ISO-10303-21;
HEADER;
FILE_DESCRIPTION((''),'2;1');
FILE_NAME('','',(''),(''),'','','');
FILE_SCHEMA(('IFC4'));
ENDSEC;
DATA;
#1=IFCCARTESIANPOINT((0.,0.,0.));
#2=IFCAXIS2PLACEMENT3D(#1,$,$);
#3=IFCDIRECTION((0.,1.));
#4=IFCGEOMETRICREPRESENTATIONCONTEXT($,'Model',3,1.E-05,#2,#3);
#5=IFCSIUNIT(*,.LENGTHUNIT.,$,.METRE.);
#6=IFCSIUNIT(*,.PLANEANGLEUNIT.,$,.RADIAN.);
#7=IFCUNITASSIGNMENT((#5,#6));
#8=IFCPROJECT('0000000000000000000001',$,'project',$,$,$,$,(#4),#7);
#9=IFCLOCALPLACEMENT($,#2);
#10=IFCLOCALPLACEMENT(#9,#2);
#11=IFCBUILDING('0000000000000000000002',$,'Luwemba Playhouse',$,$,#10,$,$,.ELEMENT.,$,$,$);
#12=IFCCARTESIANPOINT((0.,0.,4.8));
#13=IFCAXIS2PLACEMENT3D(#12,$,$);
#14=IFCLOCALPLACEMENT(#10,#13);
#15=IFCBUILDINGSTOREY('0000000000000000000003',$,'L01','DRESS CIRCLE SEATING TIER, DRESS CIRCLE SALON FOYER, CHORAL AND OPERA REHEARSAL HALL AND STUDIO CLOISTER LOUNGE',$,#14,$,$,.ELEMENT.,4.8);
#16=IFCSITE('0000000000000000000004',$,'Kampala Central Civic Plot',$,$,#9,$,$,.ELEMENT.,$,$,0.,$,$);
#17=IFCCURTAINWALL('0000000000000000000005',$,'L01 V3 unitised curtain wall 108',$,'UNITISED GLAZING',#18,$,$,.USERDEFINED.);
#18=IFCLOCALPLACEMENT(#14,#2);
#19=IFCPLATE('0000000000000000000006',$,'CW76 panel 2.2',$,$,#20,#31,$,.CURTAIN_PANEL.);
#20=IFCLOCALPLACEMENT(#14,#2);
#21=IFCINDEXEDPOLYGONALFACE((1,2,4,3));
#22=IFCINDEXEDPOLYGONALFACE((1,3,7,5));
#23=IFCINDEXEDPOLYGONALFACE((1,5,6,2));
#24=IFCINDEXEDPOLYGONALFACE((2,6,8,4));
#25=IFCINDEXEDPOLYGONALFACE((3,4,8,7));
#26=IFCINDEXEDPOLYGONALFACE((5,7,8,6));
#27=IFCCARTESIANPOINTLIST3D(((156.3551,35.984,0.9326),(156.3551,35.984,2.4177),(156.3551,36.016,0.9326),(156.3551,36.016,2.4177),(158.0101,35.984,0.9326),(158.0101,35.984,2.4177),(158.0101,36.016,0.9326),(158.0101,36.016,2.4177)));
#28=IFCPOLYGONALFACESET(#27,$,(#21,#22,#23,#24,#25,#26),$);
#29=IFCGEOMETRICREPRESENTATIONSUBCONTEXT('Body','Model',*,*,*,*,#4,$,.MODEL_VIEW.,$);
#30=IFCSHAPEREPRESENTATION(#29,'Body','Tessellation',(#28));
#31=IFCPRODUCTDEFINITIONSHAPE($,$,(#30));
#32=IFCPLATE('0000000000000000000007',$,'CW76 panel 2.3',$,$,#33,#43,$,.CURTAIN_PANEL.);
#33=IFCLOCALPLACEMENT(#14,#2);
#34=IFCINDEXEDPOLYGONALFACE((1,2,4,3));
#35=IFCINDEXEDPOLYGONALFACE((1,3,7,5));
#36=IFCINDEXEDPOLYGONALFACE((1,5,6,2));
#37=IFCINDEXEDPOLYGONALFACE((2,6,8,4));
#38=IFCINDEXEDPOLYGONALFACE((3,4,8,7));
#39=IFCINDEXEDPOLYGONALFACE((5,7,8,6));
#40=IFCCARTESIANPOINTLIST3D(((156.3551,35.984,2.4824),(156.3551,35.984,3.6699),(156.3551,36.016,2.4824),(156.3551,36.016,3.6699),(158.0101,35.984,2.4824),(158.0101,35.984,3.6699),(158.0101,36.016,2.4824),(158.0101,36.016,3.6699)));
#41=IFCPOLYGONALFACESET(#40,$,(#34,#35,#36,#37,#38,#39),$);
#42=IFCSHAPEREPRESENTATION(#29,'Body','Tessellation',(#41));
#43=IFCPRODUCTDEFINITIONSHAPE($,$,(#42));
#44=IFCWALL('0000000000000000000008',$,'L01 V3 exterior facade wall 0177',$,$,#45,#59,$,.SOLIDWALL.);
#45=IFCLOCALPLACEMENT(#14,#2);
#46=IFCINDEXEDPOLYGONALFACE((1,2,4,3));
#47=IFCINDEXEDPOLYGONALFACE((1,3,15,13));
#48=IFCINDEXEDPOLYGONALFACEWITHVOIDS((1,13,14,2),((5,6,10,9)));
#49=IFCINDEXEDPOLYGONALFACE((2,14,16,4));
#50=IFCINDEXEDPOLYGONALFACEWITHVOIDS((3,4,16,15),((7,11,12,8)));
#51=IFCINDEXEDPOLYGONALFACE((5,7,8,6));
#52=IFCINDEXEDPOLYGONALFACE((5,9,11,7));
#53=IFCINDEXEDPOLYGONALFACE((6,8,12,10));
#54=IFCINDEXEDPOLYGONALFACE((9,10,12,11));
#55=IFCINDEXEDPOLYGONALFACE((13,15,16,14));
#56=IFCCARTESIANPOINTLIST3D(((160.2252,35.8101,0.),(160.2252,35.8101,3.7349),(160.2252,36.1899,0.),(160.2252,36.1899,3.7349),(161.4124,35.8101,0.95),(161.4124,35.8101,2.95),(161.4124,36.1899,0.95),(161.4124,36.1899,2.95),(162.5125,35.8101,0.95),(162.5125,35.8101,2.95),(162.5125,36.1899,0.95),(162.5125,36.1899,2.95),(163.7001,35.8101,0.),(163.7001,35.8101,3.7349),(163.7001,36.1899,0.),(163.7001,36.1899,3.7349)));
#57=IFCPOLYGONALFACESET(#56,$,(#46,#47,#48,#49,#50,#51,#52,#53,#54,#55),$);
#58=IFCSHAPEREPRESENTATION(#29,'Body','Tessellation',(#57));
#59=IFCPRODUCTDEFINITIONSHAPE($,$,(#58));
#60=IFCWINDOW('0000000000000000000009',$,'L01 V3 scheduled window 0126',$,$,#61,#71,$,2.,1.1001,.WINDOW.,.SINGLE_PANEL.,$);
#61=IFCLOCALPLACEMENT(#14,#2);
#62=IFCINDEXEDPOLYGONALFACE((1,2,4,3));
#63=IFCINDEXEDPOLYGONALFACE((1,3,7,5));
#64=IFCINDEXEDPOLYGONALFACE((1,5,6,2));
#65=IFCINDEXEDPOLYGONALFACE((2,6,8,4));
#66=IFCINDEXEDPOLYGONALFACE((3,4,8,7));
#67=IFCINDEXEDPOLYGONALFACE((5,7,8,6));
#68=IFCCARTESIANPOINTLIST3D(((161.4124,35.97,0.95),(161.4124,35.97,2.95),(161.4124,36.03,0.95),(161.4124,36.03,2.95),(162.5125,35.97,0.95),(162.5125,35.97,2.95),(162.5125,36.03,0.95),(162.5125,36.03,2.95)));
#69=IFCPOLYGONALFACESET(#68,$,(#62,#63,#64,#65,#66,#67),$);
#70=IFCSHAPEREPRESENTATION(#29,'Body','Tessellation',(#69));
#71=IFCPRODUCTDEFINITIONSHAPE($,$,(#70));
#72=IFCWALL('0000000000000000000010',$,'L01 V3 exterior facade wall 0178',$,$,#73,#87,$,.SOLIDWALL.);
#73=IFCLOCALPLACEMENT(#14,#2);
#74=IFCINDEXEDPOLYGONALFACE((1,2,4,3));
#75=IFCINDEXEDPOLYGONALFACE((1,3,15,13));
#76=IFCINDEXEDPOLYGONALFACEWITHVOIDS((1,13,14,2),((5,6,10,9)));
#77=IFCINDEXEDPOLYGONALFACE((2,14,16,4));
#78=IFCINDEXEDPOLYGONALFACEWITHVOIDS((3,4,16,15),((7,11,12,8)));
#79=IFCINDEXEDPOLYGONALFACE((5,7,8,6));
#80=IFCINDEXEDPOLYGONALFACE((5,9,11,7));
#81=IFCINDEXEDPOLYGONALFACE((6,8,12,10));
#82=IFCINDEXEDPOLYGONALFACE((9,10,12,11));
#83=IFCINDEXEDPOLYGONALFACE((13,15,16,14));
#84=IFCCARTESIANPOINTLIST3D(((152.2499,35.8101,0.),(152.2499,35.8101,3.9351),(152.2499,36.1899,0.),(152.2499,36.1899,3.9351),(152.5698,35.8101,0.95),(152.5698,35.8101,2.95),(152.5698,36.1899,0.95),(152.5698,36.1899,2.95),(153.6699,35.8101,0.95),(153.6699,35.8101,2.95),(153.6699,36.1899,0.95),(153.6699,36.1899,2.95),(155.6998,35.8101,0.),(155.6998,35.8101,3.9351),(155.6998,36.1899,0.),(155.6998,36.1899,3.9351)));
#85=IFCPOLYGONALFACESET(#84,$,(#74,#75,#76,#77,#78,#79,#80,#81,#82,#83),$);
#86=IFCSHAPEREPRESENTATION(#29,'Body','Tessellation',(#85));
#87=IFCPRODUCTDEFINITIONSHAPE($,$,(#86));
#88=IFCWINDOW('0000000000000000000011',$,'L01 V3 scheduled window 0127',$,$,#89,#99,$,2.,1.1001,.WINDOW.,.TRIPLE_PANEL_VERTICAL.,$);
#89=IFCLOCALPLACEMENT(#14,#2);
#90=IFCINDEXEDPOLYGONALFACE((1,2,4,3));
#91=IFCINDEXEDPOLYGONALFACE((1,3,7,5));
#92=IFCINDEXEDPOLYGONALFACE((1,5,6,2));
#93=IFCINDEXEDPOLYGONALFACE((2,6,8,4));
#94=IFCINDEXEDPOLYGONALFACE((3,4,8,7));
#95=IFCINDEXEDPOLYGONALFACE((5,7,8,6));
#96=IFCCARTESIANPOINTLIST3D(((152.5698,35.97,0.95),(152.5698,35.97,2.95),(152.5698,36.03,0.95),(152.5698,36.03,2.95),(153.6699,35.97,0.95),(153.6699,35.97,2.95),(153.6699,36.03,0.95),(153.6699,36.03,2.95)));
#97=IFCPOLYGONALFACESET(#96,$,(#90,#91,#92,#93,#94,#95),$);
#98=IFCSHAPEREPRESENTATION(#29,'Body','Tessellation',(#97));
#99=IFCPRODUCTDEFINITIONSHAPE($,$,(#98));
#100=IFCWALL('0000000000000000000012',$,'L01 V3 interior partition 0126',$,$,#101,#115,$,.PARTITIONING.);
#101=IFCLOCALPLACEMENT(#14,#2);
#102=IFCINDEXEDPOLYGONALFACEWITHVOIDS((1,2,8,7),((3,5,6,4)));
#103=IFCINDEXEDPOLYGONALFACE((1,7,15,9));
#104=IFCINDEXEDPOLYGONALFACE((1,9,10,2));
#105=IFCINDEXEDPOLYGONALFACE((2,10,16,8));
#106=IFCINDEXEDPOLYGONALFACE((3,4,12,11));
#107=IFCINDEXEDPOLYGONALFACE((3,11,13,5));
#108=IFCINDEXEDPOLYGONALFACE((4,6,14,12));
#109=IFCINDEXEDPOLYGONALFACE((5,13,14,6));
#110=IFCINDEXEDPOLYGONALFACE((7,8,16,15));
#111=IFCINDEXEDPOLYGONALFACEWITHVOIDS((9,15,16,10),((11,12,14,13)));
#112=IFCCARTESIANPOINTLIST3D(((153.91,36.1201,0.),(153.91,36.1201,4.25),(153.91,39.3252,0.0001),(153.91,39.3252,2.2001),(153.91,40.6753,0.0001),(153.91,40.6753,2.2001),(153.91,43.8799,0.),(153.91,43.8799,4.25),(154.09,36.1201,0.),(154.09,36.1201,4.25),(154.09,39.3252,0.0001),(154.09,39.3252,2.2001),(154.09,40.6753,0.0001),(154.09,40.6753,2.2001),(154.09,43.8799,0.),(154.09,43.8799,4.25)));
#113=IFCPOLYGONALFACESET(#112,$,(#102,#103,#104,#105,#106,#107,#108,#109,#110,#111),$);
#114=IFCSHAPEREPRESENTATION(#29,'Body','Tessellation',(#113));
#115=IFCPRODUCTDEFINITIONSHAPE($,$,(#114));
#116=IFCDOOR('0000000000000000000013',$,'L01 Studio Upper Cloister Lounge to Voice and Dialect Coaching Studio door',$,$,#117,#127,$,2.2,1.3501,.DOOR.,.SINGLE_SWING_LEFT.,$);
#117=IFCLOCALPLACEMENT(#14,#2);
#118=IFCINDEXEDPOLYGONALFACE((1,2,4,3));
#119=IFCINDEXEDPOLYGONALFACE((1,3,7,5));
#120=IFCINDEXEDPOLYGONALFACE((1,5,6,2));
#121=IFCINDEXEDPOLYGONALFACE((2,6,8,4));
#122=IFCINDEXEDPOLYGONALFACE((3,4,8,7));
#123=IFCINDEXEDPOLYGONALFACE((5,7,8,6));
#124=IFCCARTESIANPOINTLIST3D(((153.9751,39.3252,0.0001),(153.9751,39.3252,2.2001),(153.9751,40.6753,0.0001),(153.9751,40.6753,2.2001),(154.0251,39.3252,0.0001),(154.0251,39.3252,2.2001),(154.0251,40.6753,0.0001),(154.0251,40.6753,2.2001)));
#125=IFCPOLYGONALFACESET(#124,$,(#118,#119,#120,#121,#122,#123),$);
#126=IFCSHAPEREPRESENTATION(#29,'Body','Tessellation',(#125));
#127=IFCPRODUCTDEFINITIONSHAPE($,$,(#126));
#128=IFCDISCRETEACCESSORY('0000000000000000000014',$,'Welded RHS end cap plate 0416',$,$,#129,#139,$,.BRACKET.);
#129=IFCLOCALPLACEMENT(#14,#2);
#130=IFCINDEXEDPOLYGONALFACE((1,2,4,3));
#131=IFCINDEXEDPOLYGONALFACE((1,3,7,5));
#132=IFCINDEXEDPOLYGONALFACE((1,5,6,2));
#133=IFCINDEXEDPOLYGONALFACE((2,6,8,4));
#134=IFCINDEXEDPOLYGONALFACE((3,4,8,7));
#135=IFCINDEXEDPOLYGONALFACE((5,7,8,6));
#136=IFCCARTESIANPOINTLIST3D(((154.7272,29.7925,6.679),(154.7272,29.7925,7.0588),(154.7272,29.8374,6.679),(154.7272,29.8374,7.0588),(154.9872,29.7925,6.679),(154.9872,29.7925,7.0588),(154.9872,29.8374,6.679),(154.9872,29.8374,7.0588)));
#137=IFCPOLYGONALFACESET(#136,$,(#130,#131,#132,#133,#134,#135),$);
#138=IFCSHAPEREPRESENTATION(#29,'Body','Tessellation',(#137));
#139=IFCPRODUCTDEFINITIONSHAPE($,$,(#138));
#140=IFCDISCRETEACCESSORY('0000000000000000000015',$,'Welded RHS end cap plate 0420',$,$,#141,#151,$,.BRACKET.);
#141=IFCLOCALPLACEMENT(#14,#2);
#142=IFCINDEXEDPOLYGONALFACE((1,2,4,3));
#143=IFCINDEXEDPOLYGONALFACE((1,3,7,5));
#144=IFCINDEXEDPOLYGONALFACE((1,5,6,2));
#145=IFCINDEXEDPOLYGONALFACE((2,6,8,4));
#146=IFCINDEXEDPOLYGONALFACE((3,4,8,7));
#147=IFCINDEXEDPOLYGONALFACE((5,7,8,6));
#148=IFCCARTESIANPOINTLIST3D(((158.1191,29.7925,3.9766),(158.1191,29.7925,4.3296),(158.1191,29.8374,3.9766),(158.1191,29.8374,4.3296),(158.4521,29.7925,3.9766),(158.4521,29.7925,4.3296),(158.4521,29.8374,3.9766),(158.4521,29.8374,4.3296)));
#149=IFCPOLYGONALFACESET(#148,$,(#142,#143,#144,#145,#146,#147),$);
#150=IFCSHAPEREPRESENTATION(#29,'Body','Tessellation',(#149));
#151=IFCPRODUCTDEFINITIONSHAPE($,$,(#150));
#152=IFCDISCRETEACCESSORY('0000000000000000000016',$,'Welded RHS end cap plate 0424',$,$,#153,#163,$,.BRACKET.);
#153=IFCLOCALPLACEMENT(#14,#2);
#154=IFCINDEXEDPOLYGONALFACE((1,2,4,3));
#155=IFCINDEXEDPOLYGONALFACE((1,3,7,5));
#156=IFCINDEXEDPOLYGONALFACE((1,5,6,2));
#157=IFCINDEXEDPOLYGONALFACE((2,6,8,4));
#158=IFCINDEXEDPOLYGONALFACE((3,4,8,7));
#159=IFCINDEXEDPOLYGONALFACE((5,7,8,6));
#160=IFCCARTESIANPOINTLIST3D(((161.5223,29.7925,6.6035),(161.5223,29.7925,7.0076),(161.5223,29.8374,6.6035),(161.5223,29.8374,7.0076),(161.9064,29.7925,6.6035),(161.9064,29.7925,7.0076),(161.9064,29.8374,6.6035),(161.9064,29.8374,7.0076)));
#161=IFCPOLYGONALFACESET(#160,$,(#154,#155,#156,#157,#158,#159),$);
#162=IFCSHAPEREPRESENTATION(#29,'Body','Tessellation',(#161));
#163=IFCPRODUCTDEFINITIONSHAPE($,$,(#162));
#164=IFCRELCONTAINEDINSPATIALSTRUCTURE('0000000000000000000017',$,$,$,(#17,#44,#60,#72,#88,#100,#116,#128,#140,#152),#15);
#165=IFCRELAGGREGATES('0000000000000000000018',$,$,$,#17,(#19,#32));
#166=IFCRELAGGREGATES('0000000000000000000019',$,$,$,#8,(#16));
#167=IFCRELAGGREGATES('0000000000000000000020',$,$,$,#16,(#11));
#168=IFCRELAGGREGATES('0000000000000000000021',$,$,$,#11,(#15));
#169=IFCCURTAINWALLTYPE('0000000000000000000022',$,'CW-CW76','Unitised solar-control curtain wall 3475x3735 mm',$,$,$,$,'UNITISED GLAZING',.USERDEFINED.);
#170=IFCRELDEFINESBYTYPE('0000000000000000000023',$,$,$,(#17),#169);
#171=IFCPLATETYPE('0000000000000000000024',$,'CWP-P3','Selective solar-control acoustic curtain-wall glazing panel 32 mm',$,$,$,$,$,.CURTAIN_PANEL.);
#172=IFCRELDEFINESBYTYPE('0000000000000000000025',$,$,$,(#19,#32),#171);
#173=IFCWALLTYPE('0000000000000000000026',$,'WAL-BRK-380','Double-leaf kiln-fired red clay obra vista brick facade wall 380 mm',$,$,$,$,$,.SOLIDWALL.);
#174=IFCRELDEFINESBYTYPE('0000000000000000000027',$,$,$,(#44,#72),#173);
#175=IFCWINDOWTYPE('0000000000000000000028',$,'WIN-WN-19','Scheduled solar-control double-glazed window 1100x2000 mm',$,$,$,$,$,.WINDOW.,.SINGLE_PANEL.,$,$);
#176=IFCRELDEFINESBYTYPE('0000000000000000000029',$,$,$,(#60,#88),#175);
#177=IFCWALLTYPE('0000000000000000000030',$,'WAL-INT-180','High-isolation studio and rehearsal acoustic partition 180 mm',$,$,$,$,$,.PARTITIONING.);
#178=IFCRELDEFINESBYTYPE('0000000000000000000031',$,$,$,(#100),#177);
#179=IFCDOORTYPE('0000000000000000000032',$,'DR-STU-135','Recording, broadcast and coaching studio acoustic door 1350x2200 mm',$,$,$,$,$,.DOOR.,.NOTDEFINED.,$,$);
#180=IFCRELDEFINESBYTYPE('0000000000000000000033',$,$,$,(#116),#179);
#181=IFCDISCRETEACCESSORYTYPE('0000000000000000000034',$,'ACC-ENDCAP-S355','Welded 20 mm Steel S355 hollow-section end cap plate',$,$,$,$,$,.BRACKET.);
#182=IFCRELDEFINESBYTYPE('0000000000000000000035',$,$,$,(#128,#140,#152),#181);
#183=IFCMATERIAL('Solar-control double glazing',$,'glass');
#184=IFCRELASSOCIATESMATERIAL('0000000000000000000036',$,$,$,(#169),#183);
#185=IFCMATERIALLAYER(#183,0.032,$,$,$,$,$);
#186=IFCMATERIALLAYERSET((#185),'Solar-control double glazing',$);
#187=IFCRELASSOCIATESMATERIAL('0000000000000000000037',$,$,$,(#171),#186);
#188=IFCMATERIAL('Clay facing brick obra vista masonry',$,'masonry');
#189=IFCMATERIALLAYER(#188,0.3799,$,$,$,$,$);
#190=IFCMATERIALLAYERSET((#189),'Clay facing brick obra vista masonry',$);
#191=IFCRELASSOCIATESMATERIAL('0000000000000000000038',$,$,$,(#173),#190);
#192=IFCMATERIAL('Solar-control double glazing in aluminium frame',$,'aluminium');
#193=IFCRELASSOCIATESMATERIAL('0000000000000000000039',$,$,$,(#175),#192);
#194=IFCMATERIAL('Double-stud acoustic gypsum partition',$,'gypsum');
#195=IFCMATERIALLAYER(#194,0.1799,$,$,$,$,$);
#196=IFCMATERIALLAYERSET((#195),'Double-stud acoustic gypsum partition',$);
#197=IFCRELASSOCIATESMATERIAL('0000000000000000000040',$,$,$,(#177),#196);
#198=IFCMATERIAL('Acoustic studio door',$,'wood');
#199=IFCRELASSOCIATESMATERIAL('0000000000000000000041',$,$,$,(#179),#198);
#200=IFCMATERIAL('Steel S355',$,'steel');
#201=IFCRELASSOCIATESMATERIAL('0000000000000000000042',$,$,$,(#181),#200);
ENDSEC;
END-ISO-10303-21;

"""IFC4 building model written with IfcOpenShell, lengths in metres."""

from ifc_helpers import new_model, si_unit, direction, frame, frame_2d, origin, origin_2d, place, context, subcontext, project, spatial, rectangle, extrude, material, layer, layer_set, type_object, element, fill, aggregate, save


model = new_model("IFC4")

# Units and contexts
model_context = context("Model", 3, precision=1e-05, world=origin(), true_north=direction((0.0, 1.0)))
body_context = subcontext(model_context, "Body", "Model", "MODEL_VIEW")
ifc_project = project(units=[si_unit("LENGTHUNIT", "METRE"), si_unit("PLANEANGLEUNIT", "RADIAN")], contexts=[model_context])

# Site, building, storey
site_placement = place(None, origin())
site = spatial("IfcSite", under=ifc_project, at=site_placement, Name="Kampala Central Civic Plot", CompositionType="ELEMENT", RefElevation=0.0)
building_placement = place(site_placement, origin())
building = spatial("IfcBuilding", under=site, at=building_placement, Name="Luwemba Playhouse", CompositionType="ELEMENT")
storey_placement = place(building_placement, frame((0.0, 0.0, 4.8)))
storey = spatial("IfcBuildingStorey", under=building, at=storey_placement, Name="L01", Description="DRESS CIRCLE SEATING TIER, DRESS CIRCLE SALON FOYER, CHORAL AND OPERA REHEARSAL HALL AND STUDIO CLOISTER LOUNGE", CompositionType="ELEMENT", Elevation=4.8)

# Shared definitions
ifc_material_1 = material(Name="Steel S355", Category="steel")

# Curtain wall
ifc_material_2 = material(Name="Solar-control double glazing", Category="glass")
curtain_wall_type = type_object("IfcCurtainWallType", Name="CW-CW76", Description="Unitised solar-control curtain wall 3475x3735 mm", ElementType="UNITISED GLAZING", PredefinedType="USERDEFINED", material=ifc_material_2)
curtain_wall_placement = place(storey_placement, origin())
curtain_wall = element("IfcCurtainWall", 1, at=curtain_wall_placement, inside=storey, type_object=curtain_wall_type, Name="L01 V3 unitised curtain wall 108", ObjectType="UNITISED GLAZING", PredefinedType="USERDEFINED")

# Plates
ifc_layer_1 = layer(ifc_material_2, 0.032)
ifc_layer_set_1 = layer_set([ifc_layer_1], Name="Solar-control double glazing")
plate_type = type_object("IfcPlateType", Name="CWP-P3", Description="Selective solar-control acoustic curtain-wall glazing panel 32 mm", PredefinedType="CURTAIN_PANEL", material=ifc_layer_set_1)
plate_1_placement = place(storey_placement, frame((157.1826, 36.0, 0.9326), z_axis=(0.0, 0.0, 1.0), x_axis=(-1.0, 0.0, 0.0)))
plate_1 = element("IfcPlate", 2, at=plate_1_placement, type_object=plate_type, Name="CW76 panel 2.2", PredefinedType="CURTAIN_PANEL", context=body_context, shape_type="SweptSolid", body=[
    extrude(rectangle(XDim=1.655, YDim=0.032, at=origin_2d()), origin(), (0.0, 0.0, 1.0), 1.4851),
])
plate_2_placement = place(storey_placement, frame((157.1826, 36.0, 2.4824), z_axis=(0.0, 0.0, 1.0), x_axis=(-1.0, 0.0, 0.0)))
plate_2 = element("IfcPlate", 3, at=plate_2_placement, type_object=plate_type, Name="CW76 panel 2.3", PredefinedType="CURTAIN_PANEL", context=body_context, shape_type="SweptSolid", body=[
    extrude(rectangle(XDim=1.655, YDim=0.032, at=origin_2d()), origin(), (0.0, 0.0, 1.0), 1.1875),
])
aggregate(curtain_wall, [plate_1, plate_2])

# Walls, openings, windows
ifc_material_3 = material(Name="Clay facing brick obra vista masonry", Category="masonry")
ifc_layer_2 = layer(ifc_material_3, 0.3799)
ifc_layer_set_2 = layer_set([ifc_layer_2], Name="Clay facing brick obra vista masonry")
wall_type_1 = type_object("IfcWallType", Name="WAL-BRK-380", Description="Double-leaf kiln-fired red clay obra vista brick facade wall 380 mm", PredefinedType="SOLIDWALL", material=ifc_layer_set_2)
wall_1_placement = place(storey_placement, frame((163.7, 36.0, 0.0), z_axis=(0.0, 0.0, 1.0), x_axis=(-1.0, 0.0, 0.0)))
wall_1 = element("IfcWall", 4, at=wall_1_placement, inside=storey, type_object=wall_type_1, Name="L01 V3 exterior facade wall 0177", PredefinedType="SOLIDWALL", context=body_context, shape_type="SweptSolid", body=[
    extrude(rectangle(XDim=3.4749, YDim=0.3799, at=frame_2d((1.7373, 0.0))), origin(), (0.0, 0.0, 1.0), 3.7349),
])
opening_1_placement = place(wall_1_placement, frame((1.1875, 0.0, 0.95)))
opening_1 = element("IfcOpeningElement", 5, at=opening_1_placement, cuts=wall_1, PredefinedType="OPENING", context=body_context, shape_type="SweptSolid", body=[
    extrude(rectangle(XDim=1.1001, YDim=2.0, at=frame_2d((0.55, 1.0))), frame((0.0, 0.2, 0.0), z_axis=(0.0, -1.0, 0.0), x_axis=(1.0, 0.0, 0.0)), (0.0, 0.0, 1.0), 0.3999),
])
ifc_material_4 = material(Name="Solar-control double glazing in aluminium frame", Category="aluminium")
window_type = type_object("IfcWindowType", Name="WIN-WN-19", Description="Scheduled solar-control double-glazed window 1100x2000 mm", PartitioningType="SINGLE_PANEL", PredefinedType="WINDOW", material=ifc_material_4)
window_1_placement = place(opening_1_placement, origin())
window_1 = element("IfcWindow", 6, at=window_1_placement, inside=storey, type_object=window_type, Name="L01 V3 scheduled window 0126", OverallHeight=2.0, OverallWidth=1.1001, PartitioningType="SINGLE_PANEL", PredefinedType="WINDOW", context=body_context, shape_type="SweptSolid", body=[
    extrude(rectangle(XDim=1.1001, YDim=2.0, at=frame_2d((0.55, 1.0))), frame((0.0, 0.03, 0.0), z_axis=(0.0, -1.0, 0.0), x_axis=(1.0, 0.0, 0.0)), (0.0, 0.0, 1.0), 0.0601),
])
fill(opening_1, window_1)
wall_2_placement = place(storey_placement, frame((155.7, 36.0, 0.0), z_axis=(0.0, 0.0, 1.0), x_axis=(-1.0, 0.0, 0.0)))
wall_2 = element("IfcWall", 7, at=wall_2_placement, inside=storey, type_object=wall_type_1, Name="L01 V3 exterior facade wall 0178", PredefinedType="SOLIDWALL", context=body_context, shape_type="SweptSolid", body=[
    extrude(rectangle(XDim=3.45, YDim=0.3799, at=frame_2d((1.7251, 0.0))), origin(), (0.0, 0.0, 1.0), 3.9351),
])
opening_2_placement = place(wall_2_placement, frame((2.03, 0.0, 0.95)))
opening_2 = element("IfcOpeningElement", 8, at=opening_2_placement, cuts=wall_2, PredefinedType="OPENING", context=body_context, shape_type="SweptSolid", body=[
    extrude(rectangle(XDim=1.1001, YDim=2.0, at=frame_2d((0.55, 1.0))), frame((0.0, 0.2, 0.0), z_axis=(0.0, -1.0, 0.0), x_axis=(1.0, 0.0, 0.0)), (0.0, 0.0, 1.0), 0.3999),
])
window_2_placement = place(opening_2_placement, origin())
window_2 = element("IfcWindow", 9, at=window_2_placement, inside=storey, type_object=window_type, Name="L01 V3 scheduled window 0127", OverallHeight=2.0, OverallWidth=1.1001, PartitioningType="TRIPLE_PANEL_VERTICAL", PredefinedType="WINDOW", context=body_context, shape_type="SweptSolid", body=[
    extrude(rectangle(XDim=1.1001, YDim=2.0, at=frame_2d((0.55, 1.0))), frame((0.0, 0.03, 0.0), z_axis=(0.0, -1.0, 0.0), x_axis=(1.0, 0.0, 0.0)), (0.0, 0.0, 1.0), 0.0601),
])
fill(opening_2, window_2)

# Wall, opening, door
ifc_material_5 = material(Name="Double-stud acoustic gypsum partition", Category="gypsum")
ifc_layer_3 = layer(ifc_material_5, 0.1799)
ifc_layer_set_3 = layer_set([ifc_layer_3], Name="Double-stud acoustic gypsum partition")
wall_type_2 = type_object("IfcWallType", Name="WAL-INT-180", Description="High-isolation studio and rehearsal acoustic partition 180 mm", PredefinedType="PARTITIONING", material=ifc_layer_set_3)
wall_3_placement = place(storey_placement, frame((154.0, 36.1201, 0.0), z_axis=(0.0, 0.0, 1.0), x_axis=(0.0, 1.0, 0.0)))
wall_3 = element("IfcWall", 10, at=wall_3_placement, inside=storey, type_object=wall_type_2, Name="L01 V3 interior partition 0126", PredefinedType="PARTITIONING", context=body_context, shape_type="SweptSolid", body=[
    extrude(rectangle(XDim=7.7598, YDim=0.1799, at=frame_2d((3.8799, 0.0))), origin(), (0.0, 0.0, 1.0), 4.25),
])
opening_3_placement = place(wall_3_placement, frame((3.2051, 0.0, 0.0)))
opening_3 = element("IfcOpeningElement", 11, at=opening_3_placement, cuts=wall_3, PredefinedType="OPENING", context=body_context, shape_type="SweptSolid", body=[
    extrude(rectangle(XDim=1.3501, YDim=2.2, at=frame_2d((0.675, 1.1001))), frame((0.0, 0.0999, 0.0), z_axis=(0.0, -1.0, 0.0), x_axis=(1.0, 0.0, 0.0)), (0.0, 0.0, 1.0), 0.2),
])
ifc_material_6 = material(Name="Acoustic studio door", Category="wood")
door_type = type_object("IfcDoorType", Name="DR-STU-135", Description="Recording, broadcast and coaching studio acoustic door 1350x2200 mm", OperationType="NOTDEFINED", PredefinedType="DOOR", material=ifc_material_6)
door_placement = place(opening_3_placement, origin())
door = element("IfcDoor", 12, at=door_placement, inside=storey, type_object=door_type, Name="L01 Studio Upper Cloister Lounge to Voice and Dialect Coaching Studio door", OperationType="SINGLE_SWING_LEFT", OverallHeight=2.2, OverallWidth=1.3501, PredefinedType="DOOR", context=body_context, shape_type="SweptSolid", body=[
    extrude(rectangle(XDim=1.3501, YDim=2.2, at=frame_2d((0.675, 1.1001))), frame((0.0, 0.0249, 0.0), z_axis=(0.0, -1.0, 0.0), x_axis=(1.0, 0.0, 0.0)), (0.0, 0.0, 1.0), 0.05),
])
fill(opening_3, door)

# Discrete accessories
discrete_accessory_type = type_object("IfcDiscreteAccessoryType", Name="ACC-ENDCAP-S355", Description="Welded 20 mm Steel S355 hollow-section end cap plate", PredefinedType="BRACKET", material=ifc_material_1)
discrete_accessory_1_placement = place(storey_placement, frame((154.8572, 29.8149, 6.679), z_axis=(0.0, 0.0, 1.0), x_axis=(1.0, 0.0, 0.0)))
element("IfcDiscreteAccessory", 13, at=discrete_accessory_1_placement, inside=storey, type_object=discrete_accessory_type, Name="Welded RHS end cap plate 0416", PredefinedType="BRACKET", context=body_context, shape_type="SweptSolid", body=[
    extrude(rectangle(XDim=0.26, YDim=0.0449, at=origin_2d()), origin(), (0.0, 0.0, 1.0), 0.3799),
])
discrete_accessory_2_placement = place(storey_placement, frame((158.2856, 29.8149, 3.9766), z_axis=(0.0, 0.0, 1.0), x_axis=(1.0, 0.0, 0.0)))
element("IfcDiscreteAccessory", 14, at=discrete_accessory_2_placement, inside=storey, type_object=discrete_accessory_type, Name="Welded RHS end cap plate 0420", PredefinedType="BRACKET", context=body_context, shape_type="SweptSolid", body=[
    extrude(rectangle(XDim=0.333, YDim=0.0449, at=origin_2d()), origin(), (0.0, 0.0, 1.0), 0.353),
])
discrete_accessory_3_placement = place(storey_placement, frame((161.7144, 29.8149, 6.6035), z_axis=(0.0, 0.0, 1.0), x_axis=(1.0, 0.0, 0.0)))
element("IfcDiscreteAccessory", 15, at=discrete_accessory_3_placement, inside=storey, type_object=discrete_accessory_type, Name="Welded RHS end cap plate 0424", PredefinedType="BRACKET", context=body_context, shape_type="SweptSolid", body=[
    extrude(rectangle(XDim=0.384, YDim=0.0449, at=origin_2d()), origin(), (0.0, 0.0, 1.0), 0.4041),
])

save(model, "model.ifc")
